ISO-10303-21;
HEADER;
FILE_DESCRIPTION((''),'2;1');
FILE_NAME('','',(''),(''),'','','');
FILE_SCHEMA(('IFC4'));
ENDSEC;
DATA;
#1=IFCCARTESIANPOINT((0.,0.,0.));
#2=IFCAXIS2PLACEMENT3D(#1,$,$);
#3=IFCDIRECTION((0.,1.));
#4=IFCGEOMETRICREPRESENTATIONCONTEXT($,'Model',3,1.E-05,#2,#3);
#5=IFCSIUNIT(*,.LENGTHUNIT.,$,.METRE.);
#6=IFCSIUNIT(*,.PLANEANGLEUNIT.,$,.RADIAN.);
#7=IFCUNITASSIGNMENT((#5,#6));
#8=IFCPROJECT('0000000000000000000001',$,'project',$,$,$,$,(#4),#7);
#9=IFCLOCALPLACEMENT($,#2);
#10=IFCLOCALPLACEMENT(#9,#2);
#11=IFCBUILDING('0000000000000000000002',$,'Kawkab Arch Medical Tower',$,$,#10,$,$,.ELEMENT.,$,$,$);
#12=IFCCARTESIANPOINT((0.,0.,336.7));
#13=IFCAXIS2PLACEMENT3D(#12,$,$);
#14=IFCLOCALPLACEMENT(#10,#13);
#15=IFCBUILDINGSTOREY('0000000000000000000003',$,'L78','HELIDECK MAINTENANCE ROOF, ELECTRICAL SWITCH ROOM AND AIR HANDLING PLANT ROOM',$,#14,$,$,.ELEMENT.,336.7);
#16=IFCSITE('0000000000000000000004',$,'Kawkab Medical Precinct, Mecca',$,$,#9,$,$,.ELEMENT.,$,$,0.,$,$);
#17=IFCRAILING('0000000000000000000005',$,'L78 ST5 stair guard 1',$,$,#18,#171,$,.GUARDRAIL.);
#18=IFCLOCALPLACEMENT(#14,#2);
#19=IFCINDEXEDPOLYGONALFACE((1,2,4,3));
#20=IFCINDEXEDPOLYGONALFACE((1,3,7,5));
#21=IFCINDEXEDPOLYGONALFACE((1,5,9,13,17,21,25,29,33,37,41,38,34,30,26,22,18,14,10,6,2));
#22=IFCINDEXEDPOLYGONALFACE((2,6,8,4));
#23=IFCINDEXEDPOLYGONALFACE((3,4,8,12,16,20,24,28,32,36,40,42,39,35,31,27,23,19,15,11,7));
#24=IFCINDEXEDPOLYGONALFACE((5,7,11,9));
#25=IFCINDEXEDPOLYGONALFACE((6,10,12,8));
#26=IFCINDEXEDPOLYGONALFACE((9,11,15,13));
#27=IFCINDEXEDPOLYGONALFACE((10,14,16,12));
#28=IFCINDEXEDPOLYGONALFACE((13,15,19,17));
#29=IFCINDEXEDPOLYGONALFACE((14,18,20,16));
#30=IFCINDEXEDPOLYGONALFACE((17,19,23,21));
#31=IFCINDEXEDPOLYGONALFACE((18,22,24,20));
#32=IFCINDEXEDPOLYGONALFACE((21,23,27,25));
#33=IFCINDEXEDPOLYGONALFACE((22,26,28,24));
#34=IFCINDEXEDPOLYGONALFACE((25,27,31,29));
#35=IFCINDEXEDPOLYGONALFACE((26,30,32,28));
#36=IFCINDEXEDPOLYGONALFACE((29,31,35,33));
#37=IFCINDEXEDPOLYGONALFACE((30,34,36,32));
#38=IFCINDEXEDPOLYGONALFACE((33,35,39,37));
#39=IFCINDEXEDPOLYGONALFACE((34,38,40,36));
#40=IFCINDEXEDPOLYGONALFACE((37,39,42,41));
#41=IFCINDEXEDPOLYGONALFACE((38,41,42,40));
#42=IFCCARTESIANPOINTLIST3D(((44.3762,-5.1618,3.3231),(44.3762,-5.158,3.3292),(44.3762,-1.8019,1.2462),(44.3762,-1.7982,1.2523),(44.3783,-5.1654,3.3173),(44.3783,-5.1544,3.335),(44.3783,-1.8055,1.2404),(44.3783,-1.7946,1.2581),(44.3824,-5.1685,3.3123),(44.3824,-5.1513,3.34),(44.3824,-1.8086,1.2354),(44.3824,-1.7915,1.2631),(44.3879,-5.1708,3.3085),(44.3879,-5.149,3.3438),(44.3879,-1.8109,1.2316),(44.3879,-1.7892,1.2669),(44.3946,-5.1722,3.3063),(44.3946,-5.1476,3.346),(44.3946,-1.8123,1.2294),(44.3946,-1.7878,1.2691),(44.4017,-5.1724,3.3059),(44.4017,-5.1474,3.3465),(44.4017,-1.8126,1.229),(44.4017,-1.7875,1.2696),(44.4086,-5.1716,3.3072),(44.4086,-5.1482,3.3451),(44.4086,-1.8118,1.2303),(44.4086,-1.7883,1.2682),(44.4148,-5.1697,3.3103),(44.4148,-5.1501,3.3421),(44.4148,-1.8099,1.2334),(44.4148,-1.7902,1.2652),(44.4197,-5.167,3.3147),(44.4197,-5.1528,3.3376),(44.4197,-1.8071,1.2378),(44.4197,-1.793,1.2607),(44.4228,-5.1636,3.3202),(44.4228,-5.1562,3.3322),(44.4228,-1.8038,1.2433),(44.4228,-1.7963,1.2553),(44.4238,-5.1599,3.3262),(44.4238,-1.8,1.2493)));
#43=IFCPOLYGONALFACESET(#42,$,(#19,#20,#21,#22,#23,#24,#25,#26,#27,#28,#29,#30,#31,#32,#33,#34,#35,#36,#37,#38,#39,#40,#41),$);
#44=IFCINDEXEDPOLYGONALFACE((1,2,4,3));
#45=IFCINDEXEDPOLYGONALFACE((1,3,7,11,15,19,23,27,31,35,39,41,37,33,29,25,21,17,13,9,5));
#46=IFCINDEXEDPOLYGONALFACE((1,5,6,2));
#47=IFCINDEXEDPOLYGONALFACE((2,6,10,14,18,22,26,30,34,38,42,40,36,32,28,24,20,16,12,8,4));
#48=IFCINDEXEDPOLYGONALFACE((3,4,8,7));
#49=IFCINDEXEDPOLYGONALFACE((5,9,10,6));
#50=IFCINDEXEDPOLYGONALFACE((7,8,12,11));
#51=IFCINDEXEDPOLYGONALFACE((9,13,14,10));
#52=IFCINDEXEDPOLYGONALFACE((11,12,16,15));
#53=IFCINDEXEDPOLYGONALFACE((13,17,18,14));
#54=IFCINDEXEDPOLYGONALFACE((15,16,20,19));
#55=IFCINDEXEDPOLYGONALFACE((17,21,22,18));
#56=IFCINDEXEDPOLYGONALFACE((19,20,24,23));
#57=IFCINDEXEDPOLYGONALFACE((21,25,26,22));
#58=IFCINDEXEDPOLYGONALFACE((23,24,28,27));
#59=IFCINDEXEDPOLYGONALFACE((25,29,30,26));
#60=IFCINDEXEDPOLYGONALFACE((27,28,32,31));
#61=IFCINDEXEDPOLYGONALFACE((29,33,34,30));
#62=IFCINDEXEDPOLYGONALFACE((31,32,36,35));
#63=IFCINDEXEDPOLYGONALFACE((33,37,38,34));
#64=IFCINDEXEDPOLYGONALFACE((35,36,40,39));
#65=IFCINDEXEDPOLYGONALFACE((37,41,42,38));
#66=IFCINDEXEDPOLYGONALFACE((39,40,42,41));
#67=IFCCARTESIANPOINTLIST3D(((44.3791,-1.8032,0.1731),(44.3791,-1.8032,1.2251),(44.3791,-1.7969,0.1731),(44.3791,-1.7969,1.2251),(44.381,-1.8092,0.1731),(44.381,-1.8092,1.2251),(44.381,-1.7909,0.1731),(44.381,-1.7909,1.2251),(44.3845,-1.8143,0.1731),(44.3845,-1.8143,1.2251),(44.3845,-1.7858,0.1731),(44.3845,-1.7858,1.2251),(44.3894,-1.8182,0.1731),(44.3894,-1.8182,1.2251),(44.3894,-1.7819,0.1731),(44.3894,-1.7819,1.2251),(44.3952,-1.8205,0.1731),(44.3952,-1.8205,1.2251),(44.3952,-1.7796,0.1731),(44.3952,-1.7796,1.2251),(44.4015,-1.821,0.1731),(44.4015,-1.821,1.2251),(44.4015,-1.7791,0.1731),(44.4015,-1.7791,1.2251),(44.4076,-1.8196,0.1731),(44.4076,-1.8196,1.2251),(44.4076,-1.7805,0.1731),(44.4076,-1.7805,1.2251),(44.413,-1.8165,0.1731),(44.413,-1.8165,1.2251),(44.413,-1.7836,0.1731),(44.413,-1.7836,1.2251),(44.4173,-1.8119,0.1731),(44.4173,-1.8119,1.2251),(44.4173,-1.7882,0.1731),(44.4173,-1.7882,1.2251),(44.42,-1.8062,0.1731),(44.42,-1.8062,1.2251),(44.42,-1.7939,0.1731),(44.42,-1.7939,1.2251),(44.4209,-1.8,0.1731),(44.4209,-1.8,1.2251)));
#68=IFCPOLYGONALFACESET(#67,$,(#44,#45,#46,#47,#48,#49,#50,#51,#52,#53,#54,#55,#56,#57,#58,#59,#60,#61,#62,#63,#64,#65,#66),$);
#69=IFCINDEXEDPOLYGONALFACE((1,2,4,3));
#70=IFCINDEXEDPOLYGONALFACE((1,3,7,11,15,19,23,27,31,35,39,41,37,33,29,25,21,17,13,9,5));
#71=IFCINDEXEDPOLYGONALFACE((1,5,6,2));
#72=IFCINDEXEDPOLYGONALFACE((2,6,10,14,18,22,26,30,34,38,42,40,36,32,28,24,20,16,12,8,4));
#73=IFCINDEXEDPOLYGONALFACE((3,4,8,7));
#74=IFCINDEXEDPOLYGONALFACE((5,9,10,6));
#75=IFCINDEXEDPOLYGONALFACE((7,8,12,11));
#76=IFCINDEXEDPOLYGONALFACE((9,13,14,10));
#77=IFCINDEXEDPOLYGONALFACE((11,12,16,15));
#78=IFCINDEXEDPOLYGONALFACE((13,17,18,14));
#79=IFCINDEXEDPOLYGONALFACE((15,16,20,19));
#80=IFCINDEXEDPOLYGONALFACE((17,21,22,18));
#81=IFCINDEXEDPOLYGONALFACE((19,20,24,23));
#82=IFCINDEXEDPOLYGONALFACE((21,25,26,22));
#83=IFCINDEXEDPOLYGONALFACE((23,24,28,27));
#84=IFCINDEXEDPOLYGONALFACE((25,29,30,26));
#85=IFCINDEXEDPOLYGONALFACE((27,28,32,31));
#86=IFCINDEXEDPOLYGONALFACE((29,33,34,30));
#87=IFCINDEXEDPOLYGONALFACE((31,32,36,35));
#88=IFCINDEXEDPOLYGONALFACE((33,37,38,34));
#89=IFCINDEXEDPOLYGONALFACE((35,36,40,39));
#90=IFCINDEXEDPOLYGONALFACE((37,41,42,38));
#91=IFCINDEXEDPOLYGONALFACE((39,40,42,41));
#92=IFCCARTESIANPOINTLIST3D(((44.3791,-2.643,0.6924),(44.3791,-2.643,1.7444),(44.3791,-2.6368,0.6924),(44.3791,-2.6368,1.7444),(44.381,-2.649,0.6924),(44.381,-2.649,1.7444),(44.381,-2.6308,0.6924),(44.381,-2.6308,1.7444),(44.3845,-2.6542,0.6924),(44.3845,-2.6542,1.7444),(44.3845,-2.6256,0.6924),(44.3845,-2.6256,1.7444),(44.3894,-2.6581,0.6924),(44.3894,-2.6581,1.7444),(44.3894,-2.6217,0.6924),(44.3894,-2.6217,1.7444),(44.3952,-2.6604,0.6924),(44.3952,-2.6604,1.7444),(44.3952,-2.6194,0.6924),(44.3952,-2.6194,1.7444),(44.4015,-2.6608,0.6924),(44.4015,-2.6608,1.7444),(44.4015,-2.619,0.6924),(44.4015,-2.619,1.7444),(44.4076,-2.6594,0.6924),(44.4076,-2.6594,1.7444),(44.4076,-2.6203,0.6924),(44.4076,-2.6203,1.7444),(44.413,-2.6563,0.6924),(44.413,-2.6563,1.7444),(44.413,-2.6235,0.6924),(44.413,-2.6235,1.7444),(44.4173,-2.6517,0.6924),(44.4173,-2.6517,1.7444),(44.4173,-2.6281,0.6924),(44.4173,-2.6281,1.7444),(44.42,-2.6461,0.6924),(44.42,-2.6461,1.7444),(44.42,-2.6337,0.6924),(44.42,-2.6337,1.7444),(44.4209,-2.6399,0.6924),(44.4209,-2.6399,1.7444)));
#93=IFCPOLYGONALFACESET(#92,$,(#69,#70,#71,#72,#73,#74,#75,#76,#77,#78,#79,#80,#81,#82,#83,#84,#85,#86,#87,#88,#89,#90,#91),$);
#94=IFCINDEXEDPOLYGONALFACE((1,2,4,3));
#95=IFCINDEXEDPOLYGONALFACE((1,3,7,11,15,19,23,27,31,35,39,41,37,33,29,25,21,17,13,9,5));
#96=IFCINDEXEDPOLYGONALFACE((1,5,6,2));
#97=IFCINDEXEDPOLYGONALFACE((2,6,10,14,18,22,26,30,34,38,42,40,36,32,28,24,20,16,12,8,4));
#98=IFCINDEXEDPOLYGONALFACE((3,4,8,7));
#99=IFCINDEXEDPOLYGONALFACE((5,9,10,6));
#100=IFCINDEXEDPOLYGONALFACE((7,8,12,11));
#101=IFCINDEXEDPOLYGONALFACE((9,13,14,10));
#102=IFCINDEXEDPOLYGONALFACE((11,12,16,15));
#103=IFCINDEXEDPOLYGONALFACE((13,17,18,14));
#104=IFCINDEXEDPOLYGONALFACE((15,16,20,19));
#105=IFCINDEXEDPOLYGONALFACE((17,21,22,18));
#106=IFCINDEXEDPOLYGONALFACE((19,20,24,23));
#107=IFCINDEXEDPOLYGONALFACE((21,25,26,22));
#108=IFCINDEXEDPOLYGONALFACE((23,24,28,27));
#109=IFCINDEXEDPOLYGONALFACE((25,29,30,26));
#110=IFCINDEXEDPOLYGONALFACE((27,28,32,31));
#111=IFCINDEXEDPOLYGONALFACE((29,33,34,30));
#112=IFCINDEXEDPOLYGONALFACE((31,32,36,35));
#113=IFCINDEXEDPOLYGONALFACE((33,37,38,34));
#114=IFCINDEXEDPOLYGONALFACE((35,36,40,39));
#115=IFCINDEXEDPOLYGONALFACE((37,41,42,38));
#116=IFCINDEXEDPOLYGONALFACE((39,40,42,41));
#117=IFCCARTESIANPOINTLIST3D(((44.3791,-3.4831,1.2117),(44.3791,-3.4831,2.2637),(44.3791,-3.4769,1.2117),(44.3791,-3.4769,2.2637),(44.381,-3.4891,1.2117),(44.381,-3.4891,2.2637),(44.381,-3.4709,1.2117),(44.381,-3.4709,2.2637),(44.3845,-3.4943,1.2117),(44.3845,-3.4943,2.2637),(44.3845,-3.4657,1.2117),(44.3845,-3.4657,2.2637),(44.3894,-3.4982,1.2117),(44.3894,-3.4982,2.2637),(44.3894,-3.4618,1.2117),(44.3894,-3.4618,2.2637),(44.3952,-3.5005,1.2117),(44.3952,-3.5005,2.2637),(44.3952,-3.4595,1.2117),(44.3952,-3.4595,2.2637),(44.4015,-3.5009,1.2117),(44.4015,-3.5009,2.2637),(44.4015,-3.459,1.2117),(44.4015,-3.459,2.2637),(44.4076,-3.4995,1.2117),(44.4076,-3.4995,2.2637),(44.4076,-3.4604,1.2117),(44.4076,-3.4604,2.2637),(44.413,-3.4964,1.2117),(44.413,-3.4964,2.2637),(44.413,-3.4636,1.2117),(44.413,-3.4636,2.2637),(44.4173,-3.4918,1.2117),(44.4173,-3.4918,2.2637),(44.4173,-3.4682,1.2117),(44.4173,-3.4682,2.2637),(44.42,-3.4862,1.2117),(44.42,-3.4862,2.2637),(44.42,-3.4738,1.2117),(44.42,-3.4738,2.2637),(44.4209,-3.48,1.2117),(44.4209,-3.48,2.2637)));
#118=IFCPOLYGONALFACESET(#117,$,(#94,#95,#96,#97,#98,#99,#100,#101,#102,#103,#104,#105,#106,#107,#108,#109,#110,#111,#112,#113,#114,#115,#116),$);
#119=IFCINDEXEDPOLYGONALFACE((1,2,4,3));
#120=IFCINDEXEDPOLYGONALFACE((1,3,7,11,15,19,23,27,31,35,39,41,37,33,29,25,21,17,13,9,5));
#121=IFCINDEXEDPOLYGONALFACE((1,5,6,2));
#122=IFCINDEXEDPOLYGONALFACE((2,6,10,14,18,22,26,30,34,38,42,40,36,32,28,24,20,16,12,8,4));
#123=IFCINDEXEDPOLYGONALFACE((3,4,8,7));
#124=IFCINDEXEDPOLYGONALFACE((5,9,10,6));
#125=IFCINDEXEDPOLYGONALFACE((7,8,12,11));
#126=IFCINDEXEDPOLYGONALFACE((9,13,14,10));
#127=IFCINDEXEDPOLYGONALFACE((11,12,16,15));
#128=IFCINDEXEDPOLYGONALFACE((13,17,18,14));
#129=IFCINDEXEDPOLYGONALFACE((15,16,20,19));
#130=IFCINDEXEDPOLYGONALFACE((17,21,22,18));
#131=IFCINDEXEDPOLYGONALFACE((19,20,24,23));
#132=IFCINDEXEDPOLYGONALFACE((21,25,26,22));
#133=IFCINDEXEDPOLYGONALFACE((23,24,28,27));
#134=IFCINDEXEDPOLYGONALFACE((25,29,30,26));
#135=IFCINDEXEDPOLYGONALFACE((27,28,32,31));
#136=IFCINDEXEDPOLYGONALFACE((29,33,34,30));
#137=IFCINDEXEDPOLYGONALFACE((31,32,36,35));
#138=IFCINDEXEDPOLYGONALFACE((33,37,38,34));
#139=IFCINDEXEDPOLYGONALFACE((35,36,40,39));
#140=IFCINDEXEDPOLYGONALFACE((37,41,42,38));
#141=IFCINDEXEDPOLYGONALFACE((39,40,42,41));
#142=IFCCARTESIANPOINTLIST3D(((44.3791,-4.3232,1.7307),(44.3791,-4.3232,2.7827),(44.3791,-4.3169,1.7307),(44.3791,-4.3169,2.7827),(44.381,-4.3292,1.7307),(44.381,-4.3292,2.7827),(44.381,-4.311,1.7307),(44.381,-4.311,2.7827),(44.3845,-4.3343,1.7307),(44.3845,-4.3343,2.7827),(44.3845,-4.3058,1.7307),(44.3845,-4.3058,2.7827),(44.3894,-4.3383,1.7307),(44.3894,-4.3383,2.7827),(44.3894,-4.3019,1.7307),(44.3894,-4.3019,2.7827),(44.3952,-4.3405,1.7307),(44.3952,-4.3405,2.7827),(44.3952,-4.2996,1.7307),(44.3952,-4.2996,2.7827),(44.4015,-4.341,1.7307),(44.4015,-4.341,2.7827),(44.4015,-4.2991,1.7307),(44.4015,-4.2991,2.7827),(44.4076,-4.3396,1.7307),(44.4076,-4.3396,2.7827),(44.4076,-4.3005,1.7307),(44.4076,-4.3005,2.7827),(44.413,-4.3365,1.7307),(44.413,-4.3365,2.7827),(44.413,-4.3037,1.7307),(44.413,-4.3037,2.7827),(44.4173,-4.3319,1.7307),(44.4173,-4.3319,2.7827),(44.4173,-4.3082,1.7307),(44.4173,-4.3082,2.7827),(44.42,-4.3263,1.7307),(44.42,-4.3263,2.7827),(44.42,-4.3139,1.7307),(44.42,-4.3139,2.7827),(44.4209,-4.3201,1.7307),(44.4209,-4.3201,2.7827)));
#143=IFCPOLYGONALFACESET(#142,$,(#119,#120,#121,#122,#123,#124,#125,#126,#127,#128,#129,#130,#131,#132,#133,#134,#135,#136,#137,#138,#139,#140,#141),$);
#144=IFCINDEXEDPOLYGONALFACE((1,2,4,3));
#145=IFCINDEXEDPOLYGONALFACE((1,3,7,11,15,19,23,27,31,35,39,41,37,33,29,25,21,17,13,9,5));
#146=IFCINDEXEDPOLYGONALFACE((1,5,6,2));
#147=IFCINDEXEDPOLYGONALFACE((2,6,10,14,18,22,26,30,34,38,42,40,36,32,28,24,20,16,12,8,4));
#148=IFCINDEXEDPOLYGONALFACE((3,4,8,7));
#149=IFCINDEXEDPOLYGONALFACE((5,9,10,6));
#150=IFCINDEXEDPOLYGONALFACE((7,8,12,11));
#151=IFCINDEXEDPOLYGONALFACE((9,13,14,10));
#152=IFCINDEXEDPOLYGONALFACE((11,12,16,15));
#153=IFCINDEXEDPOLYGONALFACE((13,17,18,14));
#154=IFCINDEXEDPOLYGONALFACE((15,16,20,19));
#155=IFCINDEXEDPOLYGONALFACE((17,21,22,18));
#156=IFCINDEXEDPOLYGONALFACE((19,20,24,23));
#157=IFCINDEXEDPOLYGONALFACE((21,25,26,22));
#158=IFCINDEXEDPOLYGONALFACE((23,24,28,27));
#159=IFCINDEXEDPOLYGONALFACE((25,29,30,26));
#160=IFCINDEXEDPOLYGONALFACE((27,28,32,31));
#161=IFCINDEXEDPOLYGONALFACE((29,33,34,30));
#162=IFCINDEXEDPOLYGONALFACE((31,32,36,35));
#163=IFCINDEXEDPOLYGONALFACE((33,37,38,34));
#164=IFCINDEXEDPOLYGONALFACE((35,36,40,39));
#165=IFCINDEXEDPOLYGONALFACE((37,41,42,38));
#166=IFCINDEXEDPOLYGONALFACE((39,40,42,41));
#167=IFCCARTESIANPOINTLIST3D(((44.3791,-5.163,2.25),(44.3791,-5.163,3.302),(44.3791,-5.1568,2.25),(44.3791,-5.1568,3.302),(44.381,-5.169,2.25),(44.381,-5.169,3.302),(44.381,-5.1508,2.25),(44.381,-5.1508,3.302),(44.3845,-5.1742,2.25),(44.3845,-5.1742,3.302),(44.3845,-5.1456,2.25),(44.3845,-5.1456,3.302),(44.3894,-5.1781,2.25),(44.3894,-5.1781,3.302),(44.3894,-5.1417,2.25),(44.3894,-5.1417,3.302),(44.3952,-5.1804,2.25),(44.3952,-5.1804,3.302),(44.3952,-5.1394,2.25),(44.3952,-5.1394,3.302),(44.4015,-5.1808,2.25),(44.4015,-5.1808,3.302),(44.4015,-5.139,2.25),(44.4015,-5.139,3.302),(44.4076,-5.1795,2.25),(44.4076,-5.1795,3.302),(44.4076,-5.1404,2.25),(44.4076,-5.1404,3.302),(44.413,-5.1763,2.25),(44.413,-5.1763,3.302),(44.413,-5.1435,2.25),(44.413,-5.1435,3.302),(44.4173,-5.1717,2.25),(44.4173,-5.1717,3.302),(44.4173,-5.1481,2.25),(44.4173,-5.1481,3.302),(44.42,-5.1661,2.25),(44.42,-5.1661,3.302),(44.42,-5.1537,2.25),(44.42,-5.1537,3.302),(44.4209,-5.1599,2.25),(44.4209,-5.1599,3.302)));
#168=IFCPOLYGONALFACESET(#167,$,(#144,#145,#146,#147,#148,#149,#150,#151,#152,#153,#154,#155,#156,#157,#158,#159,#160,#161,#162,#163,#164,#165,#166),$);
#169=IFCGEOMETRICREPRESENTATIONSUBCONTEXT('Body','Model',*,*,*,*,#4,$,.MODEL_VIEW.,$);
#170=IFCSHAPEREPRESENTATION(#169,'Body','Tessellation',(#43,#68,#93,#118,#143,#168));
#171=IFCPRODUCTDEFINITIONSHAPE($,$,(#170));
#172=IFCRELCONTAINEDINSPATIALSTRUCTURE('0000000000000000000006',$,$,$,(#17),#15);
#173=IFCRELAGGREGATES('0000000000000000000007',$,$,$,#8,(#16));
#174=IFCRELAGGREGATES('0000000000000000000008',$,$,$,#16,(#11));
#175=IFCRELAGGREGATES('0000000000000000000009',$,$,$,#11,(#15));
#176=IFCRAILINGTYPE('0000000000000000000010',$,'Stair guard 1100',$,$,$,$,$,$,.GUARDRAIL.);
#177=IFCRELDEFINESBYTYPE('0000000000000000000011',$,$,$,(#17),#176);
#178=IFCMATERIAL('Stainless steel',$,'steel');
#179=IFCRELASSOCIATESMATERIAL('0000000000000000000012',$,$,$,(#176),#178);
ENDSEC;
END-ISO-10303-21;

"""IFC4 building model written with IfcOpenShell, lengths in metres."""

from ifc_helpers import new_model, si_unit, direction, frame, origin, origin_2d, place, context, subcontext, project, spatial, circle, extrude, material, type_object, element, save


model = new_model("IFC4")

# Units and contexts
model_context = context("Model", 3, precision=1e-05, world=origin(), true_north=direction((0.0, 1.0)))
body_context = subcontext(model_context, "Body", "Model", "MODEL_VIEW")
ifc_project = project(units=[si_unit("LENGTHUNIT", "METRE"), si_unit("PLANEANGLEUNIT", "RADIAN")], contexts=[model_context])

# Site, building, storey
site_placement = place(None, origin())
site = spatial("IfcSite", under=ifc_project, at=site_placement, Name="Kawkab Medical Precinct, Mecca", CompositionType="ELEMENT", RefElevation=0.0)
building_placement = place(site_placement, origin())
building = spatial("IfcBuilding", under=site, at=building_placement, Name="Kawkab Arch Medical Tower", CompositionType="ELEMENT")
storey_placement = place(building_placement, frame((0.0, 0.0, 336.7)))
storey = spatial("IfcBuildingStorey", under=building, at=storey_placement, Name="L78", Description="HELIDECK MAINTENANCE ROOF, ELECTRICAL SWITCH ROOM AND AIR HANDLING PLANT ROOM", CompositionType="ELEMENT", Elevation=336.7)

# Railing
ifc_material_1 = material(Name="Stainless steel", Category="steel")
railing_type = type_object("IfcRailingType", Name="Stair guard 1100", PredefinedType="GUARDRAIL", material=ifc_material_1)
railing_1_placement = place(storey_placement, frame((44.3999, -1.8, 0.1731)))
element("IfcRailing", 1, at=railing_1_placement, inside=storey, type_object=railing_type, Name="L78 ST5 stair guard 1", PredefinedType="GUARDRAIL", context=body_context, shape_type="SweptSolid", body=[
    extrude(circle(Radius=0.0239, at=origin_2d()), frame((0.0, 0.0, 1.0762), z_axis=(0.0, -0.850606, 0.525803), x_axis=(1.0, 0.0, 0.0)), (0.0, 0.0, 1.0), 3.95),
    extrude(circle(Radius=0.021, at=origin_2d()), origin(), (0.0, 0.0, 1.0), 1.052),
    extrude(circle(Radius=0.021, at=origin_2d()), frame((0.0, -0.8398, 0.5193)), (0.0, 0.0, 1.0), 1.052),
    extrude(circle(Radius=0.021, at=origin_2d()), frame((0.0, -1.6799, 1.0386)), (0.0, 0.0, 1.0), 1.052),
    extrude(circle(Radius=0.021, at=origin_2d()), frame((0.0, -2.52, 1.5576)), (0.0, 0.0, 1.0), 1.052),
    extrude(circle(Radius=0.021, at=origin_2d()), frame((0.0, -3.3599, 2.0769)), (0.0, 0.0, 1.0), 1.052),
])

save(model, "model.ifc")
